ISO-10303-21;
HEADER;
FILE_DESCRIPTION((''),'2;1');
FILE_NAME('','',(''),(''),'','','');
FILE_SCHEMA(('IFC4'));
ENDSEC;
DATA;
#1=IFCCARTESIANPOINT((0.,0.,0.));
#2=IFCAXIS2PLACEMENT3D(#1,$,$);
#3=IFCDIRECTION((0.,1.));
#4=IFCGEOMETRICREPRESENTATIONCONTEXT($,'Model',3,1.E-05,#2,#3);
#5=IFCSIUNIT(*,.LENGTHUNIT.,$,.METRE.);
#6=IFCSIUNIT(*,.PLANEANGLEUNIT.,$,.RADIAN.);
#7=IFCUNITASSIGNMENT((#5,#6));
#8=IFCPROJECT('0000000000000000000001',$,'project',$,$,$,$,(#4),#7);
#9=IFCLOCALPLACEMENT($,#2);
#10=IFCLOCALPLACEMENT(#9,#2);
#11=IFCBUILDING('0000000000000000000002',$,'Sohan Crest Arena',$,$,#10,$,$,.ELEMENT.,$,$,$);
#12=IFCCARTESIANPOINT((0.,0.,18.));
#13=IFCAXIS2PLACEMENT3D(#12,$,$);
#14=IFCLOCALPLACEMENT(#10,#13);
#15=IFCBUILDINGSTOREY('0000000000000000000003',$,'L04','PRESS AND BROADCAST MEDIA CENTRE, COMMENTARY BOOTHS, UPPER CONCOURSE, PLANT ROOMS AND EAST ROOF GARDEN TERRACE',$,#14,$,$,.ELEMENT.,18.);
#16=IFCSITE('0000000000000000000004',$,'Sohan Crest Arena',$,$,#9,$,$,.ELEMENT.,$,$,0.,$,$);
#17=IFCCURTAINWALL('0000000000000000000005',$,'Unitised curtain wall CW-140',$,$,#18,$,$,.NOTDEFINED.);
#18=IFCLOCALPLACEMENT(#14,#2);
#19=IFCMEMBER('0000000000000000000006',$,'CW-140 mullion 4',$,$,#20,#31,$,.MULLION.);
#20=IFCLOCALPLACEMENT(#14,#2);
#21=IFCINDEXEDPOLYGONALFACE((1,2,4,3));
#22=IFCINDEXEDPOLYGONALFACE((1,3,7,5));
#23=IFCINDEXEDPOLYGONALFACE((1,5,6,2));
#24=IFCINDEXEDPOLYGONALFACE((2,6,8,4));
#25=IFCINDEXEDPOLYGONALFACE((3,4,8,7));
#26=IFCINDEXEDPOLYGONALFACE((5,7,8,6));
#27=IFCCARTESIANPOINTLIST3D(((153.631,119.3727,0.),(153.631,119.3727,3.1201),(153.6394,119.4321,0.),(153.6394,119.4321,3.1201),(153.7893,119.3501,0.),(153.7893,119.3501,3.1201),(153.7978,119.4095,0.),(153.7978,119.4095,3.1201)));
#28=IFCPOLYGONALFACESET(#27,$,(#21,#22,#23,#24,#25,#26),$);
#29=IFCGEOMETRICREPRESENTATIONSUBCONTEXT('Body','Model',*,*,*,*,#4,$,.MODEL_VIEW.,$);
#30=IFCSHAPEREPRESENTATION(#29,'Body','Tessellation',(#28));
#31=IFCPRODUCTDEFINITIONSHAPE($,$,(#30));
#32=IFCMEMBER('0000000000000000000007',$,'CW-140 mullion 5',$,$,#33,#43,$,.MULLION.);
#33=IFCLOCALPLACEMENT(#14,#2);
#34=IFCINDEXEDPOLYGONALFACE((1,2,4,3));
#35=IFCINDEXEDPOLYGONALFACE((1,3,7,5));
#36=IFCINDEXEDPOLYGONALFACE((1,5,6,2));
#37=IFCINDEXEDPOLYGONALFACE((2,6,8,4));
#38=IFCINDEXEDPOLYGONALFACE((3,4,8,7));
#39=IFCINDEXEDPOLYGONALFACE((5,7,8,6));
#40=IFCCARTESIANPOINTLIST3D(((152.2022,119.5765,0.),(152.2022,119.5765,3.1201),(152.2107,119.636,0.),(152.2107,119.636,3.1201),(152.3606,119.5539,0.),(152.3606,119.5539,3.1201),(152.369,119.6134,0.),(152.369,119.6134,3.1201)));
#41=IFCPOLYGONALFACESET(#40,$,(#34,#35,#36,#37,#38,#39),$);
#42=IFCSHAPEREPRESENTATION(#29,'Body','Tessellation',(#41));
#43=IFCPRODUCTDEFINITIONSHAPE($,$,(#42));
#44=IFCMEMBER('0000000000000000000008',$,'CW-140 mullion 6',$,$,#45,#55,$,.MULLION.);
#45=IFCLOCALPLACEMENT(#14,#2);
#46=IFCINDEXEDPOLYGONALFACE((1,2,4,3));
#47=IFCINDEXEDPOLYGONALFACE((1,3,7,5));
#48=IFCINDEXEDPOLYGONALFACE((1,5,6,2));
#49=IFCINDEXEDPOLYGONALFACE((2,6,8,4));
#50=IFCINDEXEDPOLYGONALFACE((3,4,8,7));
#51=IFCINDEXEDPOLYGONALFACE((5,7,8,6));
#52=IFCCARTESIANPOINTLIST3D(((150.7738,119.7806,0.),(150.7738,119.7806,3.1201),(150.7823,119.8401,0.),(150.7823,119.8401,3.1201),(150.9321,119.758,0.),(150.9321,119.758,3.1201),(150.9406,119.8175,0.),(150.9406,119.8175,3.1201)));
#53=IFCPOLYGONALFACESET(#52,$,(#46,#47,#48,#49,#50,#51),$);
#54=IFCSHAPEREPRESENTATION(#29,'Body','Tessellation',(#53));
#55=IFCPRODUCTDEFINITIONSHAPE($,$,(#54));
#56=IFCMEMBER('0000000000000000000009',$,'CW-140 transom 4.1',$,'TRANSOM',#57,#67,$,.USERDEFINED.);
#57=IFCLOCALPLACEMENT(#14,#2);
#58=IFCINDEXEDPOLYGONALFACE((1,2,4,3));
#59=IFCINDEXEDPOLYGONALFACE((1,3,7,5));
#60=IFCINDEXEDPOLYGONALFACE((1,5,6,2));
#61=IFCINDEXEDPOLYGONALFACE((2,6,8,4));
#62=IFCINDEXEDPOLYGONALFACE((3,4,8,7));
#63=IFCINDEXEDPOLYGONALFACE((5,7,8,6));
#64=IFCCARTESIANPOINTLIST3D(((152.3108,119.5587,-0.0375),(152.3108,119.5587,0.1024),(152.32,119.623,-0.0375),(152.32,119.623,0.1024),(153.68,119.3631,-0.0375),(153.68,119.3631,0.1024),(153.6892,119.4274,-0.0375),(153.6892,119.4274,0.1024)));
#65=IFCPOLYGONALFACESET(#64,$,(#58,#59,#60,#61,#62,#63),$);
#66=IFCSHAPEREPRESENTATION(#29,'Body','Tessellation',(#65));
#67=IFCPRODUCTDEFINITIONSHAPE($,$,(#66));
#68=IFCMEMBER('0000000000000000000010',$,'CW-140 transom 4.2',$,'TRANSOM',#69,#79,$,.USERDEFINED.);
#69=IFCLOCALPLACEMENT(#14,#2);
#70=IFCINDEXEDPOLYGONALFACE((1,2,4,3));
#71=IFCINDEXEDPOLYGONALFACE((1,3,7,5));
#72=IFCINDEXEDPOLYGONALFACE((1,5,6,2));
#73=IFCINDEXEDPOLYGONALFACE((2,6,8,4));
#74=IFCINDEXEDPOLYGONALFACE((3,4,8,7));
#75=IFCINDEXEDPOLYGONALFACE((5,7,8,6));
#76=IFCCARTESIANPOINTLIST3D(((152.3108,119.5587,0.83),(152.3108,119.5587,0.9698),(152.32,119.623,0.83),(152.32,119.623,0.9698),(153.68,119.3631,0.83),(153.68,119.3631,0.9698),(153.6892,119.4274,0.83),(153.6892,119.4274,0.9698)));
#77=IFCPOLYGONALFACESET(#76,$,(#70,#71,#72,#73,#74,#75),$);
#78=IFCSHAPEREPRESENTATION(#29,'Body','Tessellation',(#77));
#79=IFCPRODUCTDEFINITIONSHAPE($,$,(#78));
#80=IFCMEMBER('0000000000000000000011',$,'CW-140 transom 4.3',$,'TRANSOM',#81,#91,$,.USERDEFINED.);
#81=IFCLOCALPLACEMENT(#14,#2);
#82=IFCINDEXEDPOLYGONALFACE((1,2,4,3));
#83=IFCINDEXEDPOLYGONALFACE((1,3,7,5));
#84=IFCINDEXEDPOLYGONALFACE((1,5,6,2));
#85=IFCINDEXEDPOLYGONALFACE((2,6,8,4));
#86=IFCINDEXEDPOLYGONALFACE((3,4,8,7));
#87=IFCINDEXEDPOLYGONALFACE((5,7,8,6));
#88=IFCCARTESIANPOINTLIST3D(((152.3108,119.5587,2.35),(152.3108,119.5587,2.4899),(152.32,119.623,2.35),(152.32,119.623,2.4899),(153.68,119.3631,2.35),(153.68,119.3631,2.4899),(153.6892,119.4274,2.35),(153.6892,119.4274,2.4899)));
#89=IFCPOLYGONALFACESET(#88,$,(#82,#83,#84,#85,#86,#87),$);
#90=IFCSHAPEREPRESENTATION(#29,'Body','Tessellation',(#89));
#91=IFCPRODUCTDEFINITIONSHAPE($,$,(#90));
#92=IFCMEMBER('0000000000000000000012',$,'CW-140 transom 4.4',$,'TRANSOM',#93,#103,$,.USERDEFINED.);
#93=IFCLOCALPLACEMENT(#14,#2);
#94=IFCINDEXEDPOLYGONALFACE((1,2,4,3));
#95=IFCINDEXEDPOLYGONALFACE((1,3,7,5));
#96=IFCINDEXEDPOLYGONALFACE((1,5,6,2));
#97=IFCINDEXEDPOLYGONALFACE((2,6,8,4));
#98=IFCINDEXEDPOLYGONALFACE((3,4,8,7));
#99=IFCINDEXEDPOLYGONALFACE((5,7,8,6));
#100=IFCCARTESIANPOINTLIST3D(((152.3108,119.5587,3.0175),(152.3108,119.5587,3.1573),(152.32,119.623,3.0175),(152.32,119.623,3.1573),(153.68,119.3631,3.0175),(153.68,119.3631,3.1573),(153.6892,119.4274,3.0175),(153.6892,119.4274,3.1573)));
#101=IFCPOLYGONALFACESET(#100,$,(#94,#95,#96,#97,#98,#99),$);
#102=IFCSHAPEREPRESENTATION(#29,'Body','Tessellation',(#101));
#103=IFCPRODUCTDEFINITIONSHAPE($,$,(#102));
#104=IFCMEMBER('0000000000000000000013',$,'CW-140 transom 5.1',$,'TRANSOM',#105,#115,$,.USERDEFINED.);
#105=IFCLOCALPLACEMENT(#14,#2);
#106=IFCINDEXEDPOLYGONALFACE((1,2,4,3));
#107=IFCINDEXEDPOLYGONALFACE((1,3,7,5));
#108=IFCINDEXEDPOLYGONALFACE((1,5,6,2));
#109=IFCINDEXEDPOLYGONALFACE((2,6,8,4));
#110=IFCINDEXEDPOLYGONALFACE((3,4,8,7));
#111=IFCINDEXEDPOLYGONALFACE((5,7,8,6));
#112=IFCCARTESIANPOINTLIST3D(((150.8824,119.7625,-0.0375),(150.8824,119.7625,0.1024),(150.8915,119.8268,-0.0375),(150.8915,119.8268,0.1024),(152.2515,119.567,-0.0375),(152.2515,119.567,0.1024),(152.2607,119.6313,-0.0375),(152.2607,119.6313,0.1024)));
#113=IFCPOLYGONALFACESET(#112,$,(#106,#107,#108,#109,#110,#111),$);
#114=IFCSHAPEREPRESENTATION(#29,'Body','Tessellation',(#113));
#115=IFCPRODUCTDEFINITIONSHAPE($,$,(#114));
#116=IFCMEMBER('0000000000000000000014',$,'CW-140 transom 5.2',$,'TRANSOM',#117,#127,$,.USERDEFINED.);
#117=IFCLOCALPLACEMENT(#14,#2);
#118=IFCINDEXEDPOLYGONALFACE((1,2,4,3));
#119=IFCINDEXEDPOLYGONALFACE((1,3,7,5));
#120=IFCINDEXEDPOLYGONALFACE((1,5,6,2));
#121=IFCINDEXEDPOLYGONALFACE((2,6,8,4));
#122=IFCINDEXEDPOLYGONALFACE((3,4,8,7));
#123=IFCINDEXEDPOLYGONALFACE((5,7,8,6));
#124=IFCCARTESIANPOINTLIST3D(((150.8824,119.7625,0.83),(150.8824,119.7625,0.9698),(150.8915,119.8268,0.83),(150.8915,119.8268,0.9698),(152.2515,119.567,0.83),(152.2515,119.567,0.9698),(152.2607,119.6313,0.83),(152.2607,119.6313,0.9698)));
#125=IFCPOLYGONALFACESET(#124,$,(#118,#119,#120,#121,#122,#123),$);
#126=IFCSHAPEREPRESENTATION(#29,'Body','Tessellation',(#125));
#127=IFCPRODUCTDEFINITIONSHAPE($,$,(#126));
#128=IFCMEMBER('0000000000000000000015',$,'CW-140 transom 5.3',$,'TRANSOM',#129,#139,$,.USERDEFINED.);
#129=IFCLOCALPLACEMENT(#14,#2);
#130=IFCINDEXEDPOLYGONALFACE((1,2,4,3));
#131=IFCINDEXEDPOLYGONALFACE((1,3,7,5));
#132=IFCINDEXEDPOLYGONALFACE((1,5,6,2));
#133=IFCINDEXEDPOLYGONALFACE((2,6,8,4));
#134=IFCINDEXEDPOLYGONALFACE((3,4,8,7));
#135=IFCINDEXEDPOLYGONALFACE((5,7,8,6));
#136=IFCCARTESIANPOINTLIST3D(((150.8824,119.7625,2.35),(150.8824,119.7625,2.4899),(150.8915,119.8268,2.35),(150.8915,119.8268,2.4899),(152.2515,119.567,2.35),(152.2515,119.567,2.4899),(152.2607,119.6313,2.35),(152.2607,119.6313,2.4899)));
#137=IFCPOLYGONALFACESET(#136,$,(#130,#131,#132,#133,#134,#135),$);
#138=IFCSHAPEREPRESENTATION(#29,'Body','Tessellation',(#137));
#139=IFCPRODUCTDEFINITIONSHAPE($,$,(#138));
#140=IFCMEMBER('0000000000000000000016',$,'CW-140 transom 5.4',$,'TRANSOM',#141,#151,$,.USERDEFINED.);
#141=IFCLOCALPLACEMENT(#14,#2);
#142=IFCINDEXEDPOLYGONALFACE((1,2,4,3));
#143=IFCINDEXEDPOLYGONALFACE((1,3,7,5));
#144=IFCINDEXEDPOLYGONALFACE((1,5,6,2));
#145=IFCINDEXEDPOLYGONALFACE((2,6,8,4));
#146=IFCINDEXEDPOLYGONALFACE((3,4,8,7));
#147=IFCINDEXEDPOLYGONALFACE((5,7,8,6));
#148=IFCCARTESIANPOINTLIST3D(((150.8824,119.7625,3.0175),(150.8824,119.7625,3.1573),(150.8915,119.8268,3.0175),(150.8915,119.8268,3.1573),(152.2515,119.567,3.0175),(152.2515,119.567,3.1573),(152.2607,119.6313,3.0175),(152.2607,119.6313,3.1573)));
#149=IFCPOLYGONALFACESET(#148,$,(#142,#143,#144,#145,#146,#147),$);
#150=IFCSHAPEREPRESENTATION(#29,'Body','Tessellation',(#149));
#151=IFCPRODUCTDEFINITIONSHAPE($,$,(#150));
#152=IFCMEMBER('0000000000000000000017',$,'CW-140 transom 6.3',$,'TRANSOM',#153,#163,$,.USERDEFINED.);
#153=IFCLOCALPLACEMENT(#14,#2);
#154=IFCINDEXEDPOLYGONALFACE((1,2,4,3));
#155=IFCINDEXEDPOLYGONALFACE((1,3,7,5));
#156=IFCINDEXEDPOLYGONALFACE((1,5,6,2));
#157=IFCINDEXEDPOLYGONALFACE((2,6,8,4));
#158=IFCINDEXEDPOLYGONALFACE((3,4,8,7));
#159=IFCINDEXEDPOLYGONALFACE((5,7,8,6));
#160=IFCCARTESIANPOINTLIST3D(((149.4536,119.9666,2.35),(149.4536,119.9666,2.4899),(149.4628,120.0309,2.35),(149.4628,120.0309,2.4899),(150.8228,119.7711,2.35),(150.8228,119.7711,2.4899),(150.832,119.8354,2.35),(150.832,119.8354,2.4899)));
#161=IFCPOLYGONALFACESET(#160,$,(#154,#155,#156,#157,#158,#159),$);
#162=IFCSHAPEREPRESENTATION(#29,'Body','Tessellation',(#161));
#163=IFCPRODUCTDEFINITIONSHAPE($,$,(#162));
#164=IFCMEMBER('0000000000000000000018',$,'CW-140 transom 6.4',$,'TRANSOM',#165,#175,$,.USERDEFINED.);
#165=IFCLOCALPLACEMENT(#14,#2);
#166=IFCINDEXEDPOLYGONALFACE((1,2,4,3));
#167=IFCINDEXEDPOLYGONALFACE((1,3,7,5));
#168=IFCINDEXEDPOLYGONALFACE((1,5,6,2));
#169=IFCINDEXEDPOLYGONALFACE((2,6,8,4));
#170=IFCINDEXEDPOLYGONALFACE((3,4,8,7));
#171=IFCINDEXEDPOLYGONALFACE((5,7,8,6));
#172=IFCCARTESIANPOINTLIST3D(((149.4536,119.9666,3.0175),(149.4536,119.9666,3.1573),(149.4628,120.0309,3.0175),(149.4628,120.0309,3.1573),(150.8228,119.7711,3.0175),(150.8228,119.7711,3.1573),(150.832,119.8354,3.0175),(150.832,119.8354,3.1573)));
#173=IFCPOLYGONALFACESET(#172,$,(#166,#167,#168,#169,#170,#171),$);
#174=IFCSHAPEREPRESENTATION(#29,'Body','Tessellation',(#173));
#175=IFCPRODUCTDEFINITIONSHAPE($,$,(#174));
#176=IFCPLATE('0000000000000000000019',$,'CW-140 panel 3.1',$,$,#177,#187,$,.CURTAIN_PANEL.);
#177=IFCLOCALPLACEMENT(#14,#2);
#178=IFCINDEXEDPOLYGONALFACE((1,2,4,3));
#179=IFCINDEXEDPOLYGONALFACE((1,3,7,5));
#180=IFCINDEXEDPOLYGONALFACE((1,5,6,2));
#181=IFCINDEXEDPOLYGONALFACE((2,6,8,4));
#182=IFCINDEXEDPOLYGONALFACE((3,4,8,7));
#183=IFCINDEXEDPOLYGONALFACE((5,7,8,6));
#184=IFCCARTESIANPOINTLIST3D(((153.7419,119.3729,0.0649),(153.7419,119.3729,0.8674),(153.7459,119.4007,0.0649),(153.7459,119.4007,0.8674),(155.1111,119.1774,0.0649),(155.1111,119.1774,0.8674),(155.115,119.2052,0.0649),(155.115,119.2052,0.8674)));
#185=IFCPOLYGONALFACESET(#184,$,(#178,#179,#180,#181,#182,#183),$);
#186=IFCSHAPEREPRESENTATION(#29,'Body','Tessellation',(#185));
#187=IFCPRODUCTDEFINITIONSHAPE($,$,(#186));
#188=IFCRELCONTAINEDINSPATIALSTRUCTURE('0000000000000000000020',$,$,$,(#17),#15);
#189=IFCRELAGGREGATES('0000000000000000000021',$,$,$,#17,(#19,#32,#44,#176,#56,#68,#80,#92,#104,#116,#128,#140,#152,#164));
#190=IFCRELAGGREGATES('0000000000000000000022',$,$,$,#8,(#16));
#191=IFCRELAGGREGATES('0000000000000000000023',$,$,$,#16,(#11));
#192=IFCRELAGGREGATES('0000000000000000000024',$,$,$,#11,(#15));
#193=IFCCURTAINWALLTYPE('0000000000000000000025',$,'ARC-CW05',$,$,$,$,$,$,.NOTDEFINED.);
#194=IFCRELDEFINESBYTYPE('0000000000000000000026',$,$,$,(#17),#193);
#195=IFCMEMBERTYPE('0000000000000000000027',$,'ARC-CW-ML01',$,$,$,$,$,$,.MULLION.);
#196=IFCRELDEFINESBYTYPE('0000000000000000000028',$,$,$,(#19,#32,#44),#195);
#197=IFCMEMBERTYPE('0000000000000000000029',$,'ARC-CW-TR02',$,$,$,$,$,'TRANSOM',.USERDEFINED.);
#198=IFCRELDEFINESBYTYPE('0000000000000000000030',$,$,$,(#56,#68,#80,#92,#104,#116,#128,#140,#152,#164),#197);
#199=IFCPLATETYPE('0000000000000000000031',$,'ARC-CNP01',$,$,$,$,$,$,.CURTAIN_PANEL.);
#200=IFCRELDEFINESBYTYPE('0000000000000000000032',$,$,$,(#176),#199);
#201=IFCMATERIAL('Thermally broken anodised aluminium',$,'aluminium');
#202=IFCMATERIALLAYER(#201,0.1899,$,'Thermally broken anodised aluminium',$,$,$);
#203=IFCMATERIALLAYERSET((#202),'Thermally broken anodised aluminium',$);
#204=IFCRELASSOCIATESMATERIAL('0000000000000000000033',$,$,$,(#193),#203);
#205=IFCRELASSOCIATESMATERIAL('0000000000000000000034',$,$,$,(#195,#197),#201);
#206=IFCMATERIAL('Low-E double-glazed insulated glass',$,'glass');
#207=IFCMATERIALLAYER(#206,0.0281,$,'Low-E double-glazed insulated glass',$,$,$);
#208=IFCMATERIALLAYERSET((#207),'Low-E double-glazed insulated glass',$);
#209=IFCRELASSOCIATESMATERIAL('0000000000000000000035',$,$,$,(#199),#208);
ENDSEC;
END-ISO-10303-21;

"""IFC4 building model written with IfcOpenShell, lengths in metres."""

from ifc_helpers import new_model, si_unit, direction, frame, origin, origin_2d, place, context, subcontext, project, spatial, rectangle, extrude, material, layer, layer_set, material_profile, profile_set, type_object, element, aggregate, save


model = new_model("IFC4")

# Units and contexts
model_context = context("Model", 3, precision=1e-05, world=origin(), true_north=direction((0.0, 1.0)))
body_context = subcontext(model_context, "Body", "Model", "MODEL_VIEW")
ifc_project = project(units=[si_unit("LENGTHUNIT", "METRE"), si_unit("PLANEANGLEUNIT", "RADIAN")], contexts=[model_context])

# Site, building, storey
site_placement = place(None, origin())
site = spatial("IfcSite", under=ifc_project, at=site_placement, Name="Sohan Crest Arena", CompositionType="ELEMENT", RefElevation=0.0)
building_placement = place(site_placement, origin())
building = spatial("IfcBuilding", under=site, at=building_placement, Name="Sohan Crest Arena", CompositionType="ELEMENT")
storey_placement = place(building_placement, frame((0.0, 0.0, 18.0)))
storey = spatial("IfcBuildingStorey", under=building, at=storey_placement, Name="L04", Description="PRESS AND BROADCAST MEDIA CENTRE, COMMENTARY BOOTHS, UPPER CONCOURSE, PLANT ROOMS AND EAST ROOF GARDEN TERRACE", CompositionType="ELEMENT", Elevation=18.0)

# Curtain wall, members, plate
ifc_material_1 = material(Name="Thermally broken anodised aluminium", Category="aluminium")
ifc_layer_1 = layer(ifc_material_1, 0.1899, Name="Thermally broken anodised aluminium")
ifc_layer_set_1 = layer_set([ifc_layer_1], Name="Thermally broken anodised aluminium")
curtain_wall_type = type_object("IfcCurtainWallType", Name="ARC-CW05", PredefinedType="NOTDEFINED", material=ifc_layer_set_1)
curtain_wall_placement = place(storey_placement, origin())
curtain_wall = element("IfcCurtainWall", 1, at=curtain_wall_placement, inside=storey, type_object=curtain_wall_type, Name="Unitised curtain wall CW-140", PredefinedType="NOTDEFINED")
ifc_material_profile_1 = material_profile(ifc_material_1, rectangle(XDim=0.0601, YDim=0.1599, at=origin_2d()), Name="ALU-MULL 60x160")
ifc_profile_set_1 = profile_set([ifc_material_profile_1], Name="Thermally broken anodised aluminium")
member_type_1 = type_object("IfcMemberType", Name="ARC-CW-ML01", PredefinedType="MULLION", material=ifc_profile_set_1)
member_1_placement = place(storey_placement, frame((153.7144, 119.3911, 0.0), z_axis=(0.0, 0.0, 1.0), x_axis=(-0.141366, -0.989957, 0.0)))
member_1 = element("IfcMember", 2, at=member_1_placement, type_object=member_type_1, Name="CW-140 mullion 4", PredefinedType="MULLION", context=body_context, shape_type="SweptSolid", body=[
    extrude(rectangle(XDim=0.0601, YDim=0.1599, at=origin_2d()), origin(), (0.0, 0.0, 1.0), 3.1201),
])
member_2_placement = place(storey_placement, frame((152.2856, 119.595, 0.0), z_axis=(0.0, 0.0, 1.0), x_axis=(-0.141366, -0.989957, 0.0)))
member_2 = element("IfcMember", 3, at=member_2_placement, type_object=member_type_1, Name="CW-140 mullion 5", PredefinedType="MULLION", context=body_context, shape_type="SweptSolid", body=[
    extrude(rectangle(XDim=0.0601, YDim=0.1599, at=origin_2d()), origin(), (0.0, 0.0, 1.0), 3.1201),
])
member_3_placement = place(storey_placement, frame((150.8572, 119.7991, 0.0), z_axis=(0.0, 0.0, 1.0), x_axis=(-0.141366, -0.989957, 0.0)))
member_3 = element("IfcMember", 4, at=member_3_placement, type_object=member_type_1, Name="CW-140 mullion 6", PredefinedType="MULLION", context=body_context, shape_type="SweptSolid", body=[
    extrude(rectangle(XDim=0.0601, YDim=0.1599, at=origin_2d()), origin(), (0.0, 0.0, 1.0), 3.1201),
])
ifc_material_profile_2 = material_profile(ifc_material_1, rectangle(XDim=0.0649, YDim=0.1399, at=origin_2d()), Name="ALU-TRAN 65x140")
ifc_profile_set_2 = profile_set([ifc_material_profile_2], Name="Thermally broken anodised aluminium")
member_type_2 = type_object("IfcMemberType", Name="ARC-CW-TR02", ElementType="TRANSOM", PredefinedType="USERDEFINED", material=ifc_profile_set_2)
member_4_placement = place(storey_placement, frame((153.6846, 119.3953, 0.0325), z_axis=(-0.989953, 0.141397, 0.0), x_axis=(-0.141397, -0.989953, 0.0)))
member_4 = element("IfcMember", 5, at=member_4_placement, type_object=member_type_2, Name="CW-140 transom 4.1", ObjectType="TRANSOM", PredefinedType="USERDEFINED", context=body_context, shape_type="SweptSolid", body=[
    extrude(rectangle(XDim=0.0649, YDim=0.1399, at=origin_2d()), origin(), (0.0, 0.0, 1.0), 1.3831),
])
member_5_placement = place(storey_placement, frame((153.6846, 119.3953, 0.8999), z_axis=(-0.989953, 0.141397, 0.0), x_axis=(-0.141397, -0.989953, 0.0)))
member_5 = element("IfcMember", 6, at=member_5_placement, type_object=member_type_2, Name="CW-140 transom 4.2", ObjectType="TRANSOM", PredefinedType="USERDEFINED", context=body_context, shape_type="SweptSolid", body=[
    extrude(rectangle(XDim=0.0649, YDim=0.1399, at=origin_2d()), origin(), (0.0, 0.0, 1.0), 1.3831),
])
member_6_placement = place(storey_placement, frame((153.6846, 119.3953, 2.4199), z_axis=(-0.989953, 0.141397, 0.0), x_axis=(-0.141397, -0.989953, 0.0)))
member_6 = element("IfcMember", 7, at=member_6_placement, type_object=member_type_2, Name="CW-140 transom 4.3", ObjectType="TRANSOM", PredefinedType="USERDEFINED", context=body_context, shape_type="SweptSolid", body=[
    extrude(rectangle(XDim=0.0649, YDim=0.1399, at=origin_2d()), origin(), (0.0, 0.0, 1.0), 1.3831),
])
member_7_placement = place(storey_placement, frame((153.6846, 119.3953, 3.0874), z_axis=(-0.989953, 0.141397, 0.0), x_axis=(-0.141397, -0.989953, 0.0)))
member_7 = element("IfcMember", 8, at=member_7_placement, type_object=member_type_2, Name="CW-140 transom 4.4", ObjectType="TRANSOM", PredefinedType="USERDEFINED", context=body_context, shape_type="SweptSolid", body=[
    extrude(rectangle(XDim=0.0649, YDim=0.1399, at=origin_2d()), origin(), (0.0, 0.0, 1.0), 1.3831),
])
member_8_placement = place(storey_placement, frame((152.2561, 119.5991, 0.0325), z_axis=(-0.989953, 0.141397, 0.0), x_axis=(-0.141397, -0.989953, 0.0)))
member_8 = element("IfcMember", 9, at=member_8_placement, type_object=member_type_2, Name="CW-140 transom 5.1", ObjectType="TRANSOM", PredefinedType="USERDEFINED", context=body_context, shape_type="SweptSolid", body=[
    extrude(rectangle(XDim=0.0649, YDim=0.1399, at=origin_2d()), origin(), (0.0, 0.0, 1.0), 1.3831),
])
member_9_placement = place(storey_placement, frame((152.2561, 119.5991, 0.8999), z_axis=(-0.989953, 0.141397, 0.0), x_axis=(-0.141397, -0.989953, 0.0)))
member_9 = element("IfcMember", 10, at=member_9_placement, type_object=member_type_2, Name="CW-140 transom 5.2", ObjectType="TRANSOM", PredefinedType="USERDEFINED", context=body_context, shape_type="SweptSolid", body=[
    extrude(rectangle(XDim=0.0649, YDim=0.1399, at=origin_2d()), origin(), (0.0, 0.0, 1.0), 1.3831),
])
member_10_placement = place(storey_placement, frame((152.2561, 119.5991, 2.4199), z_axis=(-0.989953, 0.141397, 0.0), x_axis=(-0.141397, -0.989953, 0.0)))
member_10 = element("IfcMember", 11, at=member_10_placement, type_object=member_type_2, Name="CW-140 transom 5.3", ObjectType="TRANSOM", PredefinedType="USERDEFINED", context=body_context, shape_type="SweptSolid", body=[
    extrude(rectangle(XDim=0.0649, YDim=0.1399, at=origin_2d()), origin(), (0.0, 0.0, 1.0), 1.3831),
])
member_11_placement = place(storey_placement, frame((152.2561, 119.5991, 3.0874), z_axis=(-0.989953, 0.141397, 0.0), x_axis=(-0.141397, -0.989953, 0.0)))
member_11 = element("IfcMember", 12, at=member_11_placement, type_object=member_type_2, Name="CW-140 transom 5.4", ObjectType="TRANSOM", PredefinedType="USERDEFINED", context=body_context, shape_type="SweptSolid", body=[
    extrude(rectangle(XDim=0.0649, YDim=0.1399, at=origin_2d()), origin(), (0.0, 0.0, 1.0), 1.3831),
])
member_12_placement = place(storey_placement, frame((150.8274, 119.8032, 2.4199), z_axis=(-0.989953, 0.141397, 0.0), x_axis=(-0.141397, -0.989953, 0.0)))
member_12 = element("IfcMember", 13, at=member_12_placement, type_object=member_type_2, Name="CW-140 transom 6.3", ObjectType="TRANSOM", PredefinedType="USERDEFINED", context=body_context, shape_type="SweptSolid", body=[
    extrude(rectangle(XDim=0.0649, YDim=0.1399, at=origin_2d()), origin(), (0.0, 0.0, 1.0), 1.3831),
])
member_13_placement = place(storey_placement, frame((150.8274, 119.8032, 3.0874), z_axis=(-0.989953, 0.141397, 0.0), x_axis=(-0.141397, -0.989953, 0.0)))
member_13 = element("IfcMember", 14, at=member_13_placement, type_object=member_type_2, Name="CW-140 transom 6.4", ObjectType="TRANSOM", PredefinedType="USERDEFINED", context=body_context, shape_type="SweptSolid", body=[
    extrude(rectangle(XDim=0.0649, YDim=0.1399, at=origin_2d()), origin(), (0.0, 0.0, 1.0), 1.3831),
])
ifc_material_2 = material(Name="Low-E double-glazed insulated glass", Category="glass")
ifc_layer_2 = layer(ifc_material_2, 0.0281, Name="Low-E double-glazed insulated glass")
ifc_layer_set_2 = layer_set([ifc_layer_2], Name="Low-E double-glazed insulated glass")
plate_type = type_object("IfcPlateType", Name="ARC-CNP01", PredefinedType="CURTAIN_PANEL", material=ifc_layer_set_2)
plate_1_placement = place(storey_placement, frame((154.4285, 119.2891, 0.0649), z_axis=(0.0, 0.0, 1.0), x_axis=(-0.989957, 0.141366, 0.0)))
plate_1 = element("IfcPlate", 15, at=plate_1_placement, type_object=plate_type, Name="CW-140 panel 3.1", PredefinedType="CURTAIN_PANEL", context=body_context, shape_type="SweptSolid", body=[
    extrude(rectangle(XDim=1.3831, YDim=0.0281, at=origin_2d()), origin(), (0.0, 0.0, 1.0), 0.8025),
])
aggregate(curtain_wall, [member_1, member_2, member_3, plate_1, member_4, member_5, member_6, member_7, member_8, member_9, member_10, member_11, member_12, member_13])

save(model, "model.ifc")
